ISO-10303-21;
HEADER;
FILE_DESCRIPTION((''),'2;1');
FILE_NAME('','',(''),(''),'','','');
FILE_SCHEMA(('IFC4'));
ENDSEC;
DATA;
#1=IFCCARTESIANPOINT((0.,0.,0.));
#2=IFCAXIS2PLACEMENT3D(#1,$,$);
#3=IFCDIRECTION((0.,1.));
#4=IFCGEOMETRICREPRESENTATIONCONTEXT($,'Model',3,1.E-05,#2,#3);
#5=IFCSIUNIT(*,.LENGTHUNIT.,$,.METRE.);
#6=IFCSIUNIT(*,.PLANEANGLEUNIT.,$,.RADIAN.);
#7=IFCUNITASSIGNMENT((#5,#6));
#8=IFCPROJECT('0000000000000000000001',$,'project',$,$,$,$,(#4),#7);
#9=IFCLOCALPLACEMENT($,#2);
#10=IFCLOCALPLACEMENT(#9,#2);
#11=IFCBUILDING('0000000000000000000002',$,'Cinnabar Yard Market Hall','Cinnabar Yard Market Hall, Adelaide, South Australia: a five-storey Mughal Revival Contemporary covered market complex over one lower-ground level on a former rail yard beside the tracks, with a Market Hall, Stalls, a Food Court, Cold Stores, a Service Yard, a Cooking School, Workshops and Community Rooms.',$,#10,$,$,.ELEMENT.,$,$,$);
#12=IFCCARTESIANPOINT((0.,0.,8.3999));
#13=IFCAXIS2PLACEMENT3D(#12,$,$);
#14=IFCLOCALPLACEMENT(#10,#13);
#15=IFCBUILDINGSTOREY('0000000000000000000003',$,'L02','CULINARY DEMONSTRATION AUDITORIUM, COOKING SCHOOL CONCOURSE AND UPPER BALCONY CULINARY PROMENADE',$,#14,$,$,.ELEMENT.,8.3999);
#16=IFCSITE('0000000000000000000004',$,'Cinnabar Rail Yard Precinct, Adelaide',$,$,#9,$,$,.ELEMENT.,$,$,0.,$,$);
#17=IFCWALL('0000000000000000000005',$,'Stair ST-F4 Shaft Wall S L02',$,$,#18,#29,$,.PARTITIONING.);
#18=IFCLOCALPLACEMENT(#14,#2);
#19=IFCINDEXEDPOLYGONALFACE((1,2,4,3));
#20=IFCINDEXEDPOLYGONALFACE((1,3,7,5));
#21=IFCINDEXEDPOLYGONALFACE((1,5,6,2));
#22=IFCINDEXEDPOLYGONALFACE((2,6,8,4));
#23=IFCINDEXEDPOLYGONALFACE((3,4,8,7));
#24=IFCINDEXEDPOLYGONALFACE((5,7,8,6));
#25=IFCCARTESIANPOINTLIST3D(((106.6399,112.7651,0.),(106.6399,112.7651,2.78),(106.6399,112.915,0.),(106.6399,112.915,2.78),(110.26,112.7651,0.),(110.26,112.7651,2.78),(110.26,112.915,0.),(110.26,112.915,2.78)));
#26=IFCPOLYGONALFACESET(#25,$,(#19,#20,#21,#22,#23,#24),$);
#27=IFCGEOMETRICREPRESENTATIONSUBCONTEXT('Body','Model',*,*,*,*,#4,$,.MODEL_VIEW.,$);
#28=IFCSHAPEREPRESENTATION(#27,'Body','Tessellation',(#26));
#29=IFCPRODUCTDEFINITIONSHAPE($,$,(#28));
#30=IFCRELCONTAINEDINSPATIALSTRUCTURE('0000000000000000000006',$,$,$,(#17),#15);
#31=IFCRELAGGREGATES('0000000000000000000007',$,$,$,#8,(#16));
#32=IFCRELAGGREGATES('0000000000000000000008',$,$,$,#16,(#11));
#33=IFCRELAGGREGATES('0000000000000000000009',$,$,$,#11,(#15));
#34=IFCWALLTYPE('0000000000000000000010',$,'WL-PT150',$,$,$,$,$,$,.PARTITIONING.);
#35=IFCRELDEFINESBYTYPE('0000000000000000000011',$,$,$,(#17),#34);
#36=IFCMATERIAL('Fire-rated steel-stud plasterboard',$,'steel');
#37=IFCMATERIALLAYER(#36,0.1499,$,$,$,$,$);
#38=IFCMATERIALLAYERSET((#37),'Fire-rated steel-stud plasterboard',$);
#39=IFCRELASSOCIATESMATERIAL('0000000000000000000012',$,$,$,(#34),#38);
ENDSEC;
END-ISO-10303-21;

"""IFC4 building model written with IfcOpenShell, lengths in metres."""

from ifc_helpers import new_model, si_unit, direction, frame, frame_2d, origin, place, context, subcontext, project, spatial, rectangle, extrude, material, layer, layer_set, type_object, element, save


model = new_model("IFC4")

# Units and contexts
model_context = context("Model", 3, precision=1e-05, world=origin(), true_north=direction((0.0, 1.0)))
body_context = subcontext(model_context, "Body", "Model", "MODEL_VIEW")
ifc_project = project(units=[si_unit("LENGTHUNIT", "METRE"), si_unit("PLANEANGLEUNIT", "RADIAN")], contexts=[model_context])

# Site, building, storey
site_placement = place(None, origin())
site = spatial("IfcSite", under=ifc_project, at=site_placement, Name="Cinnabar Rail Yard Precinct, Adelaide", CompositionType="ELEMENT", RefElevation=0.0)
building_placement = place(site_placement, origin())
building = spatial("IfcBuilding", under=site, at=building_placement, Name="Cinnabar Yard Market Hall", Description="Cinnabar Yard Market Hall, Adelaide, South Australia: a five-storey Mughal Revival Contemporary covered market complex over one lower-ground level on a former rail yard beside the tracks, with a Market Hall, Stalls, a Food Court, Cold Stores, a Service Yard, a Cooking School, Workshops and Community Rooms.", CompositionType="ELEMENT")
storey_placement = place(building_placement, frame((0.0, 0.0, 8.3999)))
storey = spatial("IfcBuildingStorey", under=building, at=storey_placement, Name="L02", Description="CULINARY DEMONSTRATION AUDITORIUM, COOKING SCHOOL CONCOURSE AND UPPER BALCONY CULINARY PROMENADE", CompositionType="ELEMENT", Elevation=8.3999)

# Wall
ifc_material_1 = material(Name="Fire-rated steel-stud plasterboard", Category="steel")
ifc_layer_1 = layer(ifc_material_1, 0.1499)
ifc_layer_set_1 = layer_set([ifc_layer_1], Name="Fire-rated steel-stud plasterboard")
wall_type_1 = type_object("IfcWallType", Name="WL-PT150", PredefinedType="PARTITIONING", material=ifc_layer_set_1)
wall_1_placement = place(storey_placement, frame((106.6399, 112.8401, 0.0), z_axis=(0.0, 0.0, 1.0), x_axis=(1.0, 0.0, 0.0)))
element("IfcWall", 1, at=wall_1_placement, inside=storey, type_object=wall_type_1, Name="Stair ST-F4 Shaft Wall S L02", PredefinedType="PARTITIONING", context=body_context, shape_type="SweptSolid", body=[
    extrude(rectangle(XDim=3.6201, YDim=0.1499, at=frame_2d((1.8101, 0.0), x_axis=(1.0, 0.0))), origin(), (0.0, 0.0, 1.0), 2.78),
])

save(model, "model.ifc")
